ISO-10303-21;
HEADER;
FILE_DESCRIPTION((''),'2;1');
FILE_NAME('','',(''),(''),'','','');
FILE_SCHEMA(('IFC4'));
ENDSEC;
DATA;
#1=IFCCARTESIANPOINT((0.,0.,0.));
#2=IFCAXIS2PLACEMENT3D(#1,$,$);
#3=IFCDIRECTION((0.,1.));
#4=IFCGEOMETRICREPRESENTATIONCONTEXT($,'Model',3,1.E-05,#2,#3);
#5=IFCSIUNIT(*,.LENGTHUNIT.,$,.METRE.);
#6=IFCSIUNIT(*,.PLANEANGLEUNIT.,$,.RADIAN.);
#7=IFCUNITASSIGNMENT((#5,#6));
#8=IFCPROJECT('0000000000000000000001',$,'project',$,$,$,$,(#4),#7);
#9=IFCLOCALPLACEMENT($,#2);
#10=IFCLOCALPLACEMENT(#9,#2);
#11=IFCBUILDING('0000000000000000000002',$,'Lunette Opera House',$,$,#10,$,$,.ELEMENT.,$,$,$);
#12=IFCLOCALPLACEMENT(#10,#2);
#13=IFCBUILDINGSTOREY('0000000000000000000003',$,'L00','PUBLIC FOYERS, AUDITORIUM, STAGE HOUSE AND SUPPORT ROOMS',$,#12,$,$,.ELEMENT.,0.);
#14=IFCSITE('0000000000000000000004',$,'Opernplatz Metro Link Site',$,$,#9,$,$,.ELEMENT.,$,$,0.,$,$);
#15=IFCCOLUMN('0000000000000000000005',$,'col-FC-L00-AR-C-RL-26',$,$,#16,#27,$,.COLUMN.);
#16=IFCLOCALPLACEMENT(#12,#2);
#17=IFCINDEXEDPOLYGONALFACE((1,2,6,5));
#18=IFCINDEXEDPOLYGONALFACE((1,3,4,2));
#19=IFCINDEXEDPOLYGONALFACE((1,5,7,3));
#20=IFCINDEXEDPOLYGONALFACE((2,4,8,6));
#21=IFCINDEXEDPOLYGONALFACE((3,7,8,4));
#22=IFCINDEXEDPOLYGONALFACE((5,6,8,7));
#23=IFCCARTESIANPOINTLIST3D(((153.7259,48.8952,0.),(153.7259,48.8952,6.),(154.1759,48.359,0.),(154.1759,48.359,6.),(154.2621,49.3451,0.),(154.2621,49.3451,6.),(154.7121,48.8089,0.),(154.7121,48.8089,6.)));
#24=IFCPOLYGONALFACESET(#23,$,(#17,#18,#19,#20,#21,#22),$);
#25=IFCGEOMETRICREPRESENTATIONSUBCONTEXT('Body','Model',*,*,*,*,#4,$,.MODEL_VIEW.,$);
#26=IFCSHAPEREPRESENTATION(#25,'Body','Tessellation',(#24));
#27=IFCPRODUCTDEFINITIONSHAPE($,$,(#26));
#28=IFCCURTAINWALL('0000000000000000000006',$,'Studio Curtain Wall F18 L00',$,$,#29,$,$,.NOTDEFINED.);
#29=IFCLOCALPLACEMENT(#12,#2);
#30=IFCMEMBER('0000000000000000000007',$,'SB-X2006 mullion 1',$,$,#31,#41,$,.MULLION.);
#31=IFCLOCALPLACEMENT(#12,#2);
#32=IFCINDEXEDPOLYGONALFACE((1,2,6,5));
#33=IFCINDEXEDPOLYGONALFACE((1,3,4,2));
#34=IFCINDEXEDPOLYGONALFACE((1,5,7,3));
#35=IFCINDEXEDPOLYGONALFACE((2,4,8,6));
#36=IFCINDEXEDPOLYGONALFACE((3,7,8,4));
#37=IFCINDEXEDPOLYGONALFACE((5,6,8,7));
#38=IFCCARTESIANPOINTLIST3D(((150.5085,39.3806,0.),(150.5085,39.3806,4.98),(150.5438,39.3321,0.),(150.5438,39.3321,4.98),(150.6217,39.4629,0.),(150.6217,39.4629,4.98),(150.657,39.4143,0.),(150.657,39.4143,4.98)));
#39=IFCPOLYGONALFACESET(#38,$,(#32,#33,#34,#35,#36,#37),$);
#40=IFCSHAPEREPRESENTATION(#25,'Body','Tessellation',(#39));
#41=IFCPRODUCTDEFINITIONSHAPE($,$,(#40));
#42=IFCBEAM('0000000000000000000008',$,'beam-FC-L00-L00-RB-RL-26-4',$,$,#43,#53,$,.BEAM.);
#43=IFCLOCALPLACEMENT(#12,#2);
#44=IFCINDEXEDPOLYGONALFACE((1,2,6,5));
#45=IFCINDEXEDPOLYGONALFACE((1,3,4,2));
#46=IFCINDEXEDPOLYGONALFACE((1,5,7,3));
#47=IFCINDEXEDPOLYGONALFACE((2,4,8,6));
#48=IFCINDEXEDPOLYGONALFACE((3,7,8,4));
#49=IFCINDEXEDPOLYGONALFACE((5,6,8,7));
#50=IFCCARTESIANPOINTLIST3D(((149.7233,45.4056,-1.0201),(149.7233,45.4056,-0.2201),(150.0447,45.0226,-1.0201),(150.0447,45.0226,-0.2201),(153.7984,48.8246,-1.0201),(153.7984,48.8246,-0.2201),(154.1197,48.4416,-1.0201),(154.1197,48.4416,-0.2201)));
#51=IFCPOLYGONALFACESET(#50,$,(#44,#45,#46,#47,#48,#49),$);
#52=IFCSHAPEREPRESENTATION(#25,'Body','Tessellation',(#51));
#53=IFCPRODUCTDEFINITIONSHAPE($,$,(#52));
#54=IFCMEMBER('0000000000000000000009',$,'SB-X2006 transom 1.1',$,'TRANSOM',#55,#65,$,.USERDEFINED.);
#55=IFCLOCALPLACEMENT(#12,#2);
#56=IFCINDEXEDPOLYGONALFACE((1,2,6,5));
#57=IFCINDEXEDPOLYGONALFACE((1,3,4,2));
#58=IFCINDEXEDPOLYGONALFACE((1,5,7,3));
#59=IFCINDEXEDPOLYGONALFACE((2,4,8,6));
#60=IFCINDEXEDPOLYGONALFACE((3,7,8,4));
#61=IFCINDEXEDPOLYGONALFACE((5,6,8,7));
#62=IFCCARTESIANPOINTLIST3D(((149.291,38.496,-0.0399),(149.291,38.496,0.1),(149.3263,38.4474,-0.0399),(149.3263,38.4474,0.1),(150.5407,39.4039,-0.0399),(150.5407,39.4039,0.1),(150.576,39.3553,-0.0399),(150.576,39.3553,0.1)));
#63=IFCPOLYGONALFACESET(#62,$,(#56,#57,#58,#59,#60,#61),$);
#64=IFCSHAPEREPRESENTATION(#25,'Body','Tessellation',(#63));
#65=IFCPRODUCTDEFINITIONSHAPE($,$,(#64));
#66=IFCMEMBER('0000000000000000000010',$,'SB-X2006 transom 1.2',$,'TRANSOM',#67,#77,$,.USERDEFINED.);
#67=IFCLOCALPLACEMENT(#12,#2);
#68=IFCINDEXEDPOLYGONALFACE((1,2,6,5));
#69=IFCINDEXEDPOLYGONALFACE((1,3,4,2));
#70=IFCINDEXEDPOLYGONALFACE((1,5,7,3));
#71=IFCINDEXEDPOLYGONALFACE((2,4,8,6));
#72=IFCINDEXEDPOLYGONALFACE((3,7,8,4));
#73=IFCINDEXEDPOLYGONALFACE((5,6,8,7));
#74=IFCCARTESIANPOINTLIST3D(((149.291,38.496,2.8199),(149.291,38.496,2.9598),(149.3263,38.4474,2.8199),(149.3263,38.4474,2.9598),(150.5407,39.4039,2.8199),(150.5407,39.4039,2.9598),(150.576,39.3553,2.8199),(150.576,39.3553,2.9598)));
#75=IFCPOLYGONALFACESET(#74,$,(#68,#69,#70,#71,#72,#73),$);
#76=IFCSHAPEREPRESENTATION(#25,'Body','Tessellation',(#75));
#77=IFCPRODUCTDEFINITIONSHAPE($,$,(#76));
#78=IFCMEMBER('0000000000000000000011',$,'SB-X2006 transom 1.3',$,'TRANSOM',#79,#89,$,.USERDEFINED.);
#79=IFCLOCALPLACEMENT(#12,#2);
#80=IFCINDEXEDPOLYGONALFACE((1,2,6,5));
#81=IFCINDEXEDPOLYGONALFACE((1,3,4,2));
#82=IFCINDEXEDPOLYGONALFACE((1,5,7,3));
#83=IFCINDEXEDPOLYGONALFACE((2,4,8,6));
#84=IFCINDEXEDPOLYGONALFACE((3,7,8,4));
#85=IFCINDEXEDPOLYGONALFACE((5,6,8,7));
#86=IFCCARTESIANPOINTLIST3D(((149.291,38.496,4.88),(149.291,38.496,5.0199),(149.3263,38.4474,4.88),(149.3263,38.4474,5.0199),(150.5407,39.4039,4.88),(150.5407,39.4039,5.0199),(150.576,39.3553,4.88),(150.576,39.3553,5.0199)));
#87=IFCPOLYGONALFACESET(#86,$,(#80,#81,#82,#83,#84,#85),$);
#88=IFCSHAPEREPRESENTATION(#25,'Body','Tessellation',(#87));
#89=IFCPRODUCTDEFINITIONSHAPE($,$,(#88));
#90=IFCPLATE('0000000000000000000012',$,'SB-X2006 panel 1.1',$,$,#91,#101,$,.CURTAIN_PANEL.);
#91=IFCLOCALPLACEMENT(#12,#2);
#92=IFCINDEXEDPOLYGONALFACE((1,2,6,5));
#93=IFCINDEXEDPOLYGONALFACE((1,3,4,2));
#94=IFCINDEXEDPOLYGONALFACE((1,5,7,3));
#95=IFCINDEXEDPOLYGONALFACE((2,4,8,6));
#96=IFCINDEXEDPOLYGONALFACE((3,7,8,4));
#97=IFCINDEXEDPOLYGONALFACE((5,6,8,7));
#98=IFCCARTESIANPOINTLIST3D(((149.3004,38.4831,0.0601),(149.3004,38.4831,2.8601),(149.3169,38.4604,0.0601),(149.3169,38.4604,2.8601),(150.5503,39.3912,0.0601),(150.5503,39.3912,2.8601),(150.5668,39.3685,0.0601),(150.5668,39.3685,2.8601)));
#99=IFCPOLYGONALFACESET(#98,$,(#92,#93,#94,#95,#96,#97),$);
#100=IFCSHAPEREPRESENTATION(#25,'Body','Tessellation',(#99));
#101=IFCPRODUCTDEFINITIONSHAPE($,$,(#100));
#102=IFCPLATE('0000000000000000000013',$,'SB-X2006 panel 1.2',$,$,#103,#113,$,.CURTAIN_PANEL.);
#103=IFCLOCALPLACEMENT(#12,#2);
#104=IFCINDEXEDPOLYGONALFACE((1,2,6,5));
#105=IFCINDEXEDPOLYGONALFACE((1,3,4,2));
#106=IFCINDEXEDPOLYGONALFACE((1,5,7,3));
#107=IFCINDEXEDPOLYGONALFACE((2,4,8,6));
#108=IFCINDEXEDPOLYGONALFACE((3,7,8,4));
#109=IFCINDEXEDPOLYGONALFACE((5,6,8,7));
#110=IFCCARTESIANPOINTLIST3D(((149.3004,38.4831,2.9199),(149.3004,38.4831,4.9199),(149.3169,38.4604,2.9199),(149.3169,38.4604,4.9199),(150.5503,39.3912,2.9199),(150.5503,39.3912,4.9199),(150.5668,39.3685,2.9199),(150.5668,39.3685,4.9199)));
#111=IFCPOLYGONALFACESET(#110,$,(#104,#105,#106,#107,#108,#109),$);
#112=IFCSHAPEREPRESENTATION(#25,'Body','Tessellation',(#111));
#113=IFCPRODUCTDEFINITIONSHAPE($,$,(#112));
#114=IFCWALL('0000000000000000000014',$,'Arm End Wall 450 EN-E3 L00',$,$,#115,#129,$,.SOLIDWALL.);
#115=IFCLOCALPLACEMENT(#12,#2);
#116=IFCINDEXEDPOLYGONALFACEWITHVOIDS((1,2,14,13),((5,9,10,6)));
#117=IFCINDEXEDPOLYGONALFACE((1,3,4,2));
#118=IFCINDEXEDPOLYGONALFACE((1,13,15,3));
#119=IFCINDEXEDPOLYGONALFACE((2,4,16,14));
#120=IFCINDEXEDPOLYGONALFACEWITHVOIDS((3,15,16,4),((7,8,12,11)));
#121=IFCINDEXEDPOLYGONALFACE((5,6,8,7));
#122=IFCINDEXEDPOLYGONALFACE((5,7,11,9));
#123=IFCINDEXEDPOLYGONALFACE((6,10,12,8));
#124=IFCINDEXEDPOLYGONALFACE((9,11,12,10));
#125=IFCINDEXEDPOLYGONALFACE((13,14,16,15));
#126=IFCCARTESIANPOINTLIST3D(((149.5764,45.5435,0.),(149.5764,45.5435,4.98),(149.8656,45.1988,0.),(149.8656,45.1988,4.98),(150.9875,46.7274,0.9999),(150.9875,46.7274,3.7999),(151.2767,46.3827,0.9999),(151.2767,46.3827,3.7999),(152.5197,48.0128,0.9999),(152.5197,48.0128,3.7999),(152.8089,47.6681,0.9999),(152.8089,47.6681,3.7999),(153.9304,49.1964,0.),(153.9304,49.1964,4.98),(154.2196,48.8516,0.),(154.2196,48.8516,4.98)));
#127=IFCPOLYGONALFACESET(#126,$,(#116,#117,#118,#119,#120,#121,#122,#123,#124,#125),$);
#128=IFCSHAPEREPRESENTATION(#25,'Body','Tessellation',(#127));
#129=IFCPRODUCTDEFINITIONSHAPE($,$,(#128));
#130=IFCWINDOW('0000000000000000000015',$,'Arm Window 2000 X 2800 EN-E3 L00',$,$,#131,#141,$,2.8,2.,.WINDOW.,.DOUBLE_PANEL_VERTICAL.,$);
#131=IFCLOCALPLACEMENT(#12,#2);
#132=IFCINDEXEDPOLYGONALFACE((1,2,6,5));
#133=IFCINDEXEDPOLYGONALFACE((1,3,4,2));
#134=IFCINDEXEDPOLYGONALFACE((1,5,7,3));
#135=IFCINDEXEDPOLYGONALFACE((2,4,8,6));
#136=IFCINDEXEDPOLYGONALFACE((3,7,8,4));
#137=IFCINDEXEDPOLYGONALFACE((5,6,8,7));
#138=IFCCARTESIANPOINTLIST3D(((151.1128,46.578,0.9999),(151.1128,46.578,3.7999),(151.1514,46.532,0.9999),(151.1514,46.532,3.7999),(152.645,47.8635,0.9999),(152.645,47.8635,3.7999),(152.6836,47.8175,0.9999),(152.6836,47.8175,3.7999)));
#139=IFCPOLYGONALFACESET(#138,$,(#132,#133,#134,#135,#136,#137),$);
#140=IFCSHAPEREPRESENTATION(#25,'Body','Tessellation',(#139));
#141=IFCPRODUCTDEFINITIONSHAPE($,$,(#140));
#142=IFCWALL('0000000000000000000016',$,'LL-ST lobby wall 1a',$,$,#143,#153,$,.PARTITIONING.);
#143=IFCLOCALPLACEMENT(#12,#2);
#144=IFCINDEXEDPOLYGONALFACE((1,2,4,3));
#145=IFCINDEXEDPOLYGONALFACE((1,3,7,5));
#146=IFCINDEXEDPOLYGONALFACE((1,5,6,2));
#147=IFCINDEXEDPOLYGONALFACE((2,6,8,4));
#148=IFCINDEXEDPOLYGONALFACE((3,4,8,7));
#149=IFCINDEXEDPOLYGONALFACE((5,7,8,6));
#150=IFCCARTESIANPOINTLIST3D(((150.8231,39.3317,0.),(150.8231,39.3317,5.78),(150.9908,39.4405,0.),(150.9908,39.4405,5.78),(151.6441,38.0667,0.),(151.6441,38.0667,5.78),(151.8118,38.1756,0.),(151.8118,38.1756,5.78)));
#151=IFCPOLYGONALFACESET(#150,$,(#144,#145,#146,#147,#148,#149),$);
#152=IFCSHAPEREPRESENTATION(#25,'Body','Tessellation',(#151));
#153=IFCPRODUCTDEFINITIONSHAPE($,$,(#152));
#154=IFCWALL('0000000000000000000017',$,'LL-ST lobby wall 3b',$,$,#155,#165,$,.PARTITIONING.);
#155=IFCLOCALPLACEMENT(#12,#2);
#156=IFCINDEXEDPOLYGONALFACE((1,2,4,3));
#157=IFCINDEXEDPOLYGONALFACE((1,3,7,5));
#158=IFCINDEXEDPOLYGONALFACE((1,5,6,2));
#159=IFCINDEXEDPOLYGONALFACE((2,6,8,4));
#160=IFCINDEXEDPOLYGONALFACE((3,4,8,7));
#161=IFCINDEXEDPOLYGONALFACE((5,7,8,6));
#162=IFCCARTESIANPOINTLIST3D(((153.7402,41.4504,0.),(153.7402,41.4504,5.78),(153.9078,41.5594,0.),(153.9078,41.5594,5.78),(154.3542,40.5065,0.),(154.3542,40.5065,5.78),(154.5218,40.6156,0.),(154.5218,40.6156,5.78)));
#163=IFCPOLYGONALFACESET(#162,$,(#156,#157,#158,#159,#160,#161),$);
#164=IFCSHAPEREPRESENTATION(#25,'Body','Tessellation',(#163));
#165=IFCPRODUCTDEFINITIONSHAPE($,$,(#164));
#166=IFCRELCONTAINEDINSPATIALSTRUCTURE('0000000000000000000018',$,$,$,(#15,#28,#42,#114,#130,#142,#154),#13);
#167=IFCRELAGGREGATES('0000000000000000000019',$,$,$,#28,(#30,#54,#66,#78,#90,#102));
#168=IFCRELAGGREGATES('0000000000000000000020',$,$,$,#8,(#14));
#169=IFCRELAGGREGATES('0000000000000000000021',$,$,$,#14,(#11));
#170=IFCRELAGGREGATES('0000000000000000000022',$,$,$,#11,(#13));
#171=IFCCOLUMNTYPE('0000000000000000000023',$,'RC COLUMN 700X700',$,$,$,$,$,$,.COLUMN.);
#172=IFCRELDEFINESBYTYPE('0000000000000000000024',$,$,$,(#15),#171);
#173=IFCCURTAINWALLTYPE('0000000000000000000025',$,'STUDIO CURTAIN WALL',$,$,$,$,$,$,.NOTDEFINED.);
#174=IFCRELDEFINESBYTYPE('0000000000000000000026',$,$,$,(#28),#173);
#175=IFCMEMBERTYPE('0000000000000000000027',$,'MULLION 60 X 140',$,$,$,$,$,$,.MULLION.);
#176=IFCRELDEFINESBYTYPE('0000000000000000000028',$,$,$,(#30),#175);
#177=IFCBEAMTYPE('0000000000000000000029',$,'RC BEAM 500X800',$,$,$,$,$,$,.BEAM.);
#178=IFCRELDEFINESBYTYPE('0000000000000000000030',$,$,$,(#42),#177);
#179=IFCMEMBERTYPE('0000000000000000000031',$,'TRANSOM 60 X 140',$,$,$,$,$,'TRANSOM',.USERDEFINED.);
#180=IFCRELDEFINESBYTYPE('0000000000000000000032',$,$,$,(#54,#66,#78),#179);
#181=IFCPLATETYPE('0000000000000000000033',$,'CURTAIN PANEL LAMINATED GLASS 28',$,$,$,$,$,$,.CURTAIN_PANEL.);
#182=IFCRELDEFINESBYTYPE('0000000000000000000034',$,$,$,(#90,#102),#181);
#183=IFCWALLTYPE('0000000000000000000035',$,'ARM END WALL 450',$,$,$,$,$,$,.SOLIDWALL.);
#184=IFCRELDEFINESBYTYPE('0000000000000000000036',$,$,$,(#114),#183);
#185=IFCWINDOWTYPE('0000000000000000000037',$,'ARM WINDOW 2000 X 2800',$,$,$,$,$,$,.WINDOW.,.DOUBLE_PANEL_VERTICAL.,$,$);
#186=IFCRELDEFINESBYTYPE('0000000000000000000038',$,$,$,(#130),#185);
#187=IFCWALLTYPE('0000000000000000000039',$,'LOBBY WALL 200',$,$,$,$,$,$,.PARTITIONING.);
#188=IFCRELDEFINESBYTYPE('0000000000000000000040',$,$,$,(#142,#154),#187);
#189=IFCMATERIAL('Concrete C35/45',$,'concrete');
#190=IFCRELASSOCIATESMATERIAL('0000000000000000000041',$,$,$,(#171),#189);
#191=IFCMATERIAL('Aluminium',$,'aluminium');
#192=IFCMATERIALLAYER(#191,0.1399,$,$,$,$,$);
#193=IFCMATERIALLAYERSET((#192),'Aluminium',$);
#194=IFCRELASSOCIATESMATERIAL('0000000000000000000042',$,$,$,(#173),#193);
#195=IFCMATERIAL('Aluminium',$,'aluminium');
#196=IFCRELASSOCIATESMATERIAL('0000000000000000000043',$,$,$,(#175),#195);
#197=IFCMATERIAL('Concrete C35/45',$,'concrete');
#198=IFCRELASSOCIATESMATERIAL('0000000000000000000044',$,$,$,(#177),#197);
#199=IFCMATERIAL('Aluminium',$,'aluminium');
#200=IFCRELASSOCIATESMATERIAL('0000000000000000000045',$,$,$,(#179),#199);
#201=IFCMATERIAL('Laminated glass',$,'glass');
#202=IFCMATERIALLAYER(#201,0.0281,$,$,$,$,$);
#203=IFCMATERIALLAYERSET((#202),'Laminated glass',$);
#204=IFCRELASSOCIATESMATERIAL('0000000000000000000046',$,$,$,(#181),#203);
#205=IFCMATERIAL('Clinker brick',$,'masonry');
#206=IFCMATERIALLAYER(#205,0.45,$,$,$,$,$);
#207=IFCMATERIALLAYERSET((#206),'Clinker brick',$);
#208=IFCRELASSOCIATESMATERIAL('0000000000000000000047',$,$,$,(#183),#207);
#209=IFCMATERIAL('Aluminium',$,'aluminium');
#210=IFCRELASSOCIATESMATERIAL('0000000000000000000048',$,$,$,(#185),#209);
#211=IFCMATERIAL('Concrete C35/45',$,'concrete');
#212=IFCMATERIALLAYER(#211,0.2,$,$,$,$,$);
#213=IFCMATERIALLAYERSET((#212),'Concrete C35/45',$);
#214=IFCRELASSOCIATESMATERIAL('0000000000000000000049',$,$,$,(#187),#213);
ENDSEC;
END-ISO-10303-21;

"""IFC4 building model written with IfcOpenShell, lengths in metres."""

from ifc_helpers import new_model, si_unit, direction, frame, frame_2d, origin, origin_2d, place, context, subcontext, project, spatial, rectangle, extrude, material, layer, layer_set, material_profile, profile_set, type_object, element, fill, aggregate, save


model = new_model("IFC4")

# Units and contexts
model_context = context("Model", 3, precision=1e-05, world=origin(), true_north=direction((0.0, 1.0)))
body_context = subcontext(model_context, "Body", "Model", "MODEL_VIEW")
ifc_project = project(units=[si_unit("LENGTHUNIT", "METRE"), si_unit("PLANEANGLEUNIT", "RADIAN")], contexts=[model_context])

# Site, building, storey
site_placement = place(None, origin())
site = spatial("IfcSite", under=ifc_project, at=site_placement, Name="Opernplatz Metro Link Site", CompositionType="ELEMENT", RefElevation=0.0)
building_placement = place(site_placement, origin())
building = spatial("IfcBuilding", under=site, at=building_placement, Name="Lunette Opera House", CompositionType="ELEMENT")
storey_placement = place(building_placement, origin())
storey = spatial("IfcBuildingStorey", under=building, at=storey_placement, Name="L00", Description="PUBLIC FOYERS, AUDITORIUM, STAGE HOUSE AND SUPPORT ROOMS", CompositionType="ELEMENT", Elevation=0.0)

# Column
ifc_material_1 = material(Name="Concrete C35/45", Category="concrete")
ifc_material_profile_1 = material_profile(ifc_material_1, rectangle(XDim=0.7, YDim=0.7, at=origin_2d()), Name="RC COLUMN 700X700")
ifc_profile_set_1 = profile_set([ifc_material_profile_1], Name="Concrete C35/45")
column_type = type_object("IfcColumnType", Name="RC COLUMN 700X700", PredefinedType="COLUMN", material=ifc_profile_set_1)
column_placement = place(storey_placement, frame((154.219, 48.8521, 0.0), z_axis=(0.0, 0.0, 1.0), x_axis=(0.642788, -0.766044, 0.0)))
element("IfcColumn", 1, at=column_placement, inside=storey, type_object=column_type, Name="col-FC-L00-AR-C-RL-26", PredefinedType="COLUMN", context=body_context, shape_type="SweptSolid", body=[
    extrude(rectangle(XDim=0.7, YDim=0.7, at=origin_2d()), origin(), (0.0, 0.0, 1.0), 6.0),
])

# Curtain wall, member
ifc_material_2 = material(Name="Aluminium", Category="aluminium")
ifc_layer_1 = layer(ifc_material_2, 0.1399)
ifc_layer_set_1 = layer_set([ifc_layer_1], Name="Aluminium")
curtain_wall_type = type_object("IfcCurtainWallType", Name="STUDIO CURTAIN WALL", PredefinedType="NOTDEFINED", material=ifc_layer_set_1)
curtain_wall_placement = place(storey_placement, origin())
curtain_wall = element("IfcCurtainWall", 2, at=curtain_wall_placement, inside=storey, type_object=curtain_wall_type, Name="Studio Curtain Wall F18 L00", PredefinedType="NOTDEFINED")
ifc_material_3 = material(Name="Aluminium", Category="aluminium")
ifc_material_profile_2 = material_profile(ifc_material_3, rectangle(XDim=0.0601, YDim=0.1399, at=origin_2d()), Name="MULLION 60 X 140")
ifc_profile_set_2 = profile_set([ifc_material_profile_2], Name="Aluminium")
member_type_1 = type_object("IfcMemberType", Name="MULLION 60 X 140", PredefinedType="MULLION", material=ifc_profile_set_2)
member_1_placement = place(storey_placement, frame((150.5828, 39.3975, 0.0), z_axis=(0.0, 0.0, 1.0), x_axis=(0.587772, -0.809027, 0.0)))
member_1 = element("IfcMember", 3, at=member_1_placement, type_object=member_type_1, Name="SB-X2006 mullion 1", PredefinedType="MULLION", context=body_context, shape_type="SweptSolid", body=[
    extrude(rectangle(XDim=0.0601, YDim=0.1399, at=origin_2d()), origin(), (0.0, 0.0, 1.0), 4.98),
])

# Beam
ifc_material_4 = material(Name="Concrete C35/45", Category="concrete")
ifc_material_profile_3 = material_profile(ifc_material_4, rectangle(XDim=0.5, YDim=0.8, at=origin_2d()), Name="RC BEAM 500X800")
ifc_profile_set_3 = profile_set([ifc_material_profile_3], Name="Concrete C35/45")
beam_type = type_object("IfcBeamType", Name="RC BEAM 500X800", PredefinedType="BEAM", material=ifc_profile_set_3)
beam_placement = place(storey_placement, frame((149.884, 45.2141, -0.6201), z_axis=(0.766076, 0.64275, 0.0), x_axis=(-0.64275, 0.766076, 0.0)))
element("IfcBeam", 4, at=beam_placement, inside=storey, type_object=beam_type, Name="beam-FC-L00-L00-RB-RL-26-4", PredefinedType="BEAM", context=body_context, shape_type="SweptSolid", body=[
    extrude(rectangle(XDim=0.5, YDim=0.8, at=origin_2d()), origin(), (0.0, 0.0, 1.0), 5.3193),
])

# Members
ifc_material_5 = material(Name="Aluminium", Category="aluminium")
ifc_material_profile_4 = material_profile(ifc_material_5, rectangle(XDim=0.0601, YDim=0.1399, at=origin_2d()), Name="TRANSOM 60 X 140")
ifc_profile_set_4 = profile_set([ifc_material_profile_4], Name="Aluminium")
member_type_2 = type_object("IfcMemberType", Name="TRANSOM 60 X 140", ElementType="TRANSOM", PredefinedType="USERDEFINED", material=ifc_profile_set_4)
member_2_placement = place(storey_placement, frame((150.5583, 39.3796, 0.03), z_axis=(-0.80903, -0.587768, 0.0), x_axis=(0.587768, -0.80903, 0.0)))
member_2 = element("IfcMember", 5, at=member_2_placement, type_object=member_type_2, Name="SB-X2006 transom 1.1", ObjectType="TRANSOM", PredefinedType="USERDEFINED", context=body_context, shape_type="SweptSolid", body=[
    extrude(rectangle(XDim=0.0601, YDim=0.1399, at=origin_2d()), origin(), (0.0, 0.0, 1.0), 1.5447),
])
member_3_placement = place(storey_placement, frame((150.5583, 39.3796, 2.8899), z_axis=(-0.80903, -0.587768, 0.0), x_axis=(0.587768, -0.80903, 0.0)))
member_3 = element("IfcMember", 6, at=member_3_placement, type_object=member_type_2, Name="SB-X2006 transom 1.2", ObjectType="TRANSOM", PredefinedType="USERDEFINED", context=body_context, shape_type="SweptSolid", body=[
    extrude(rectangle(XDim=0.0601, YDim=0.1399, at=origin_2d()), origin(), (0.0, 0.0, 1.0), 1.5447),
])
member_4_placement = place(storey_placement, frame((150.5583, 39.3796, 4.95), z_axis=(-0.80903, -0.587768, 0.0), x_axis=(0.587768, -0.80903, 0.0)))
member_4 = element("IfcMember", 7, at=member_4_placement, type_object=member_type_2, Name="SB-X2006 transom 1.3", ObjectType="TRANSOM", PredefinedType="USERDEFINED", context=body_context, shape_type="SweptSolid", body=[
    extrude(rectangle(XDim=0.0601, YDim=0.1399, at=origin_2d()), origin(), (0.0, 0.0, 1.0), 1.5447),
])

# Plates
ifc_material_6 = material(Name="Laminated glass", Category="glass")
ifc_layer_2 = layer(ifc_material_6, 0.0281)
ifc_layer_set_2 = layer_set([ifc_layer_2], Name="Laminated glass")
plate_type = type_object("IfcPlateType", Name="CURTAIN PANEL LAMINATED GLASS 28", PredefinedType="CURTAIN_PANEL", material=ifc_layer_set_2)
plate_1_placement = place(storey_placement, frame((149.9336, 38.9258, 0.0601), z_axis=(0.0, 0.0, 1.0), x_axis=(-0.809027, -0.587772, 0.0)))
plate_1 = element("IfcPlate", 8, at=plate_1_placement, type_object=plate_type, Name="SB-X2006 panel 1.1", PredefinedType="CURTAIN_PANEL", context=body_context, shape_type="SweptSolid", body=[
    extrude(rectangle(XDim=1.5449, YDim=0.0281, at=origin_2d()), origin(), (0.0, 0.0, 1.0), 2.8),
])
plate_2_placement = place(storey_placement, frame((149.9336, 38.9258, 2.9199), z_axis=(0.0, 0.0, 1.0), x_axis=(-0.809027, -0.587772, 0.0)))
plate_2 = element("IfcPlate", 9, at=plate_2_placement, type_object=plate_type, Name="SB-X2006 panel 1.2", PredefinedType="CURTAIN_PANEL", context=body_context, shape_type="SweptSolid", body=[
    extrude(rectangle(XDim=1.5449, YDim=0.0281, at=origin_2d()), origin(), (0.0, 0.0, 1.0), 2.0),
])
aggregate(curtain_wall, [member_1, member_2, member_3, member_4, plate_1, plate_2])

# Wall, opening, window
ifc_material_7 = material(Name="Clinker brick", Category="masonry")
ifc_layer_3 = layer(ifc_material_7, 0.45)
ifc_layer_set_3 = layer_set([ifc_layer_3], Name="Clinker brick")
wall_type_1 = type_object("IfcWallType", Name="ARM END WALL 450", PredefinedType="SOLIDWALL", material=ifc_layer_set_3)
wall_1_placement = place(storey_placement, frame((149.7209, 45.3711, 0.0), z_axis=(0.0, 0.0, 1.0), x_axis=(0.766097, 0.642725, 0.0)))
wall_1 = element("IfcWall", 10, at=wall_1_placement, inside=storey, type_object=wall_type_1, Name="Arm End Wall 450 EN-E3 L00", PredefinedType="SOLIDWALL", context=body_context, shape_type="SweptSolid", body=[
    extrude(rectangle(XDim=5.6833, YDim=0.45, at=frame_2d((2.8418, 0.0))), origin(), (0.0, 0.0, 1.0), 4.98),
])
opening_1_placement = place(wall_1_placement, frame((1.842, 0.0, 1.0)))
opening_1 = element("IfcOpeningElement", 11, at=opening_1_placement, cuts=wall_1, PredefinedType="OPENING", context=body_context, shape_type="SweptSolid", body=[
    extrude(rectangle(XDim=2.0, YDim=2.8, at=frame_2d((1.0, 1.3999))), frame((0.0, 0.2371, 0.0), z_axis=(0.0, -1.0, 0.0), x_axis=(1.0, 0.0, 0.0)), (0.0, 0.0, 1.0), 0.4739),
])
ifc_material_8 = material(Name="Aluminium", Category="aluminium")
window_type = type_object("IfcWindowType", Name="ARM WINDOW 2000 X 2800", PartitioningType="DOUBLE_PANEL_VERTICAL", PredefinedType="WINDOW", material=ifc_material_8)
window_placement = place(opening_1_placement, origin())
window = element("IfcWindow", 12, at=window_placement, inside=storey, type_object=window_type, Name="Arm Window 2000 X 2800 EN-E3 L00", OverallHeight=2.8, OverallWidth=2.0, PartitioningType="DOUBLE_PANEL_VERTICAL", PredefinedType="WINDOW", context=body_context, shape_type="SweptSolid", body=[
    extrude(rectangle(XDim=2.0, YDim=2.8, at=frame_2d((1.0, 1.3999))), frame((0.0, 0.03, 0.0), z_axis=(0.0, -1.0, 0.0), x_axis=(1.0, 0.0, 0.0)), (0.0, 0.0, 1.0), 0.0601),
])
fill(opening_1, window)

# Walls
ifc_material_9 = material(Name="Concrete C35/45", Category="concrete")
ifc_layer_4 = layer(ifc_material_9, 0.2)
ifc_layer_set_4 = layer_set([ifc_layer_4], Name="Concrete C35/45")
wall_type_2 = type_object("IfcWallType", Name="LOBBY WALL 200", PredefinedType="PARTITIONING", material=ifc_layer_set_4)
wall_2_placement = place(storey_placement, frame((150.907, 39.386, 0.0), z_axis=(0.0, 0.0, 1.0), x_axis=(0.544459, -0.838787, 0.0)))
element("IfcWall", 13, at=wall_2_placement, inside=storey, type_object=wall_type_2, Name="LL-ST lobby wall 1a", PredefinedType="PARTITIONING", context=body_context, shape_type="SweptSolid", body=[
    extrude(rectangle(XDim=1.5081, YDim=0.2, at=frame_2d((0.7539, 0.0))), origin(), (0.0, 0.0, 1.0), 5.78),
])
wall_3_placement = place(storey_placement, frame((154.438, 40.561, 0.0), z_axis=(0.0, 0.0, 1.0), x_axis=(-0.545308, 0.838235, 0.0)))
element("IfcWall", 14, at=wall_3_placement, inside=storey, type_object=wall_type_2, Name="LL-ST lobby wall 3b", PredefinedType="PARTITIONING", context=body_context, shape_type="SweptSolid", body=[
    extrude(rectangle(XDim=1.126, YDim=0.2, at=frame_2d((0.563, 0.0))), origin(), (0.0, 0.0, 1.0), 5.78),
])

save(model, "model.ifc")
